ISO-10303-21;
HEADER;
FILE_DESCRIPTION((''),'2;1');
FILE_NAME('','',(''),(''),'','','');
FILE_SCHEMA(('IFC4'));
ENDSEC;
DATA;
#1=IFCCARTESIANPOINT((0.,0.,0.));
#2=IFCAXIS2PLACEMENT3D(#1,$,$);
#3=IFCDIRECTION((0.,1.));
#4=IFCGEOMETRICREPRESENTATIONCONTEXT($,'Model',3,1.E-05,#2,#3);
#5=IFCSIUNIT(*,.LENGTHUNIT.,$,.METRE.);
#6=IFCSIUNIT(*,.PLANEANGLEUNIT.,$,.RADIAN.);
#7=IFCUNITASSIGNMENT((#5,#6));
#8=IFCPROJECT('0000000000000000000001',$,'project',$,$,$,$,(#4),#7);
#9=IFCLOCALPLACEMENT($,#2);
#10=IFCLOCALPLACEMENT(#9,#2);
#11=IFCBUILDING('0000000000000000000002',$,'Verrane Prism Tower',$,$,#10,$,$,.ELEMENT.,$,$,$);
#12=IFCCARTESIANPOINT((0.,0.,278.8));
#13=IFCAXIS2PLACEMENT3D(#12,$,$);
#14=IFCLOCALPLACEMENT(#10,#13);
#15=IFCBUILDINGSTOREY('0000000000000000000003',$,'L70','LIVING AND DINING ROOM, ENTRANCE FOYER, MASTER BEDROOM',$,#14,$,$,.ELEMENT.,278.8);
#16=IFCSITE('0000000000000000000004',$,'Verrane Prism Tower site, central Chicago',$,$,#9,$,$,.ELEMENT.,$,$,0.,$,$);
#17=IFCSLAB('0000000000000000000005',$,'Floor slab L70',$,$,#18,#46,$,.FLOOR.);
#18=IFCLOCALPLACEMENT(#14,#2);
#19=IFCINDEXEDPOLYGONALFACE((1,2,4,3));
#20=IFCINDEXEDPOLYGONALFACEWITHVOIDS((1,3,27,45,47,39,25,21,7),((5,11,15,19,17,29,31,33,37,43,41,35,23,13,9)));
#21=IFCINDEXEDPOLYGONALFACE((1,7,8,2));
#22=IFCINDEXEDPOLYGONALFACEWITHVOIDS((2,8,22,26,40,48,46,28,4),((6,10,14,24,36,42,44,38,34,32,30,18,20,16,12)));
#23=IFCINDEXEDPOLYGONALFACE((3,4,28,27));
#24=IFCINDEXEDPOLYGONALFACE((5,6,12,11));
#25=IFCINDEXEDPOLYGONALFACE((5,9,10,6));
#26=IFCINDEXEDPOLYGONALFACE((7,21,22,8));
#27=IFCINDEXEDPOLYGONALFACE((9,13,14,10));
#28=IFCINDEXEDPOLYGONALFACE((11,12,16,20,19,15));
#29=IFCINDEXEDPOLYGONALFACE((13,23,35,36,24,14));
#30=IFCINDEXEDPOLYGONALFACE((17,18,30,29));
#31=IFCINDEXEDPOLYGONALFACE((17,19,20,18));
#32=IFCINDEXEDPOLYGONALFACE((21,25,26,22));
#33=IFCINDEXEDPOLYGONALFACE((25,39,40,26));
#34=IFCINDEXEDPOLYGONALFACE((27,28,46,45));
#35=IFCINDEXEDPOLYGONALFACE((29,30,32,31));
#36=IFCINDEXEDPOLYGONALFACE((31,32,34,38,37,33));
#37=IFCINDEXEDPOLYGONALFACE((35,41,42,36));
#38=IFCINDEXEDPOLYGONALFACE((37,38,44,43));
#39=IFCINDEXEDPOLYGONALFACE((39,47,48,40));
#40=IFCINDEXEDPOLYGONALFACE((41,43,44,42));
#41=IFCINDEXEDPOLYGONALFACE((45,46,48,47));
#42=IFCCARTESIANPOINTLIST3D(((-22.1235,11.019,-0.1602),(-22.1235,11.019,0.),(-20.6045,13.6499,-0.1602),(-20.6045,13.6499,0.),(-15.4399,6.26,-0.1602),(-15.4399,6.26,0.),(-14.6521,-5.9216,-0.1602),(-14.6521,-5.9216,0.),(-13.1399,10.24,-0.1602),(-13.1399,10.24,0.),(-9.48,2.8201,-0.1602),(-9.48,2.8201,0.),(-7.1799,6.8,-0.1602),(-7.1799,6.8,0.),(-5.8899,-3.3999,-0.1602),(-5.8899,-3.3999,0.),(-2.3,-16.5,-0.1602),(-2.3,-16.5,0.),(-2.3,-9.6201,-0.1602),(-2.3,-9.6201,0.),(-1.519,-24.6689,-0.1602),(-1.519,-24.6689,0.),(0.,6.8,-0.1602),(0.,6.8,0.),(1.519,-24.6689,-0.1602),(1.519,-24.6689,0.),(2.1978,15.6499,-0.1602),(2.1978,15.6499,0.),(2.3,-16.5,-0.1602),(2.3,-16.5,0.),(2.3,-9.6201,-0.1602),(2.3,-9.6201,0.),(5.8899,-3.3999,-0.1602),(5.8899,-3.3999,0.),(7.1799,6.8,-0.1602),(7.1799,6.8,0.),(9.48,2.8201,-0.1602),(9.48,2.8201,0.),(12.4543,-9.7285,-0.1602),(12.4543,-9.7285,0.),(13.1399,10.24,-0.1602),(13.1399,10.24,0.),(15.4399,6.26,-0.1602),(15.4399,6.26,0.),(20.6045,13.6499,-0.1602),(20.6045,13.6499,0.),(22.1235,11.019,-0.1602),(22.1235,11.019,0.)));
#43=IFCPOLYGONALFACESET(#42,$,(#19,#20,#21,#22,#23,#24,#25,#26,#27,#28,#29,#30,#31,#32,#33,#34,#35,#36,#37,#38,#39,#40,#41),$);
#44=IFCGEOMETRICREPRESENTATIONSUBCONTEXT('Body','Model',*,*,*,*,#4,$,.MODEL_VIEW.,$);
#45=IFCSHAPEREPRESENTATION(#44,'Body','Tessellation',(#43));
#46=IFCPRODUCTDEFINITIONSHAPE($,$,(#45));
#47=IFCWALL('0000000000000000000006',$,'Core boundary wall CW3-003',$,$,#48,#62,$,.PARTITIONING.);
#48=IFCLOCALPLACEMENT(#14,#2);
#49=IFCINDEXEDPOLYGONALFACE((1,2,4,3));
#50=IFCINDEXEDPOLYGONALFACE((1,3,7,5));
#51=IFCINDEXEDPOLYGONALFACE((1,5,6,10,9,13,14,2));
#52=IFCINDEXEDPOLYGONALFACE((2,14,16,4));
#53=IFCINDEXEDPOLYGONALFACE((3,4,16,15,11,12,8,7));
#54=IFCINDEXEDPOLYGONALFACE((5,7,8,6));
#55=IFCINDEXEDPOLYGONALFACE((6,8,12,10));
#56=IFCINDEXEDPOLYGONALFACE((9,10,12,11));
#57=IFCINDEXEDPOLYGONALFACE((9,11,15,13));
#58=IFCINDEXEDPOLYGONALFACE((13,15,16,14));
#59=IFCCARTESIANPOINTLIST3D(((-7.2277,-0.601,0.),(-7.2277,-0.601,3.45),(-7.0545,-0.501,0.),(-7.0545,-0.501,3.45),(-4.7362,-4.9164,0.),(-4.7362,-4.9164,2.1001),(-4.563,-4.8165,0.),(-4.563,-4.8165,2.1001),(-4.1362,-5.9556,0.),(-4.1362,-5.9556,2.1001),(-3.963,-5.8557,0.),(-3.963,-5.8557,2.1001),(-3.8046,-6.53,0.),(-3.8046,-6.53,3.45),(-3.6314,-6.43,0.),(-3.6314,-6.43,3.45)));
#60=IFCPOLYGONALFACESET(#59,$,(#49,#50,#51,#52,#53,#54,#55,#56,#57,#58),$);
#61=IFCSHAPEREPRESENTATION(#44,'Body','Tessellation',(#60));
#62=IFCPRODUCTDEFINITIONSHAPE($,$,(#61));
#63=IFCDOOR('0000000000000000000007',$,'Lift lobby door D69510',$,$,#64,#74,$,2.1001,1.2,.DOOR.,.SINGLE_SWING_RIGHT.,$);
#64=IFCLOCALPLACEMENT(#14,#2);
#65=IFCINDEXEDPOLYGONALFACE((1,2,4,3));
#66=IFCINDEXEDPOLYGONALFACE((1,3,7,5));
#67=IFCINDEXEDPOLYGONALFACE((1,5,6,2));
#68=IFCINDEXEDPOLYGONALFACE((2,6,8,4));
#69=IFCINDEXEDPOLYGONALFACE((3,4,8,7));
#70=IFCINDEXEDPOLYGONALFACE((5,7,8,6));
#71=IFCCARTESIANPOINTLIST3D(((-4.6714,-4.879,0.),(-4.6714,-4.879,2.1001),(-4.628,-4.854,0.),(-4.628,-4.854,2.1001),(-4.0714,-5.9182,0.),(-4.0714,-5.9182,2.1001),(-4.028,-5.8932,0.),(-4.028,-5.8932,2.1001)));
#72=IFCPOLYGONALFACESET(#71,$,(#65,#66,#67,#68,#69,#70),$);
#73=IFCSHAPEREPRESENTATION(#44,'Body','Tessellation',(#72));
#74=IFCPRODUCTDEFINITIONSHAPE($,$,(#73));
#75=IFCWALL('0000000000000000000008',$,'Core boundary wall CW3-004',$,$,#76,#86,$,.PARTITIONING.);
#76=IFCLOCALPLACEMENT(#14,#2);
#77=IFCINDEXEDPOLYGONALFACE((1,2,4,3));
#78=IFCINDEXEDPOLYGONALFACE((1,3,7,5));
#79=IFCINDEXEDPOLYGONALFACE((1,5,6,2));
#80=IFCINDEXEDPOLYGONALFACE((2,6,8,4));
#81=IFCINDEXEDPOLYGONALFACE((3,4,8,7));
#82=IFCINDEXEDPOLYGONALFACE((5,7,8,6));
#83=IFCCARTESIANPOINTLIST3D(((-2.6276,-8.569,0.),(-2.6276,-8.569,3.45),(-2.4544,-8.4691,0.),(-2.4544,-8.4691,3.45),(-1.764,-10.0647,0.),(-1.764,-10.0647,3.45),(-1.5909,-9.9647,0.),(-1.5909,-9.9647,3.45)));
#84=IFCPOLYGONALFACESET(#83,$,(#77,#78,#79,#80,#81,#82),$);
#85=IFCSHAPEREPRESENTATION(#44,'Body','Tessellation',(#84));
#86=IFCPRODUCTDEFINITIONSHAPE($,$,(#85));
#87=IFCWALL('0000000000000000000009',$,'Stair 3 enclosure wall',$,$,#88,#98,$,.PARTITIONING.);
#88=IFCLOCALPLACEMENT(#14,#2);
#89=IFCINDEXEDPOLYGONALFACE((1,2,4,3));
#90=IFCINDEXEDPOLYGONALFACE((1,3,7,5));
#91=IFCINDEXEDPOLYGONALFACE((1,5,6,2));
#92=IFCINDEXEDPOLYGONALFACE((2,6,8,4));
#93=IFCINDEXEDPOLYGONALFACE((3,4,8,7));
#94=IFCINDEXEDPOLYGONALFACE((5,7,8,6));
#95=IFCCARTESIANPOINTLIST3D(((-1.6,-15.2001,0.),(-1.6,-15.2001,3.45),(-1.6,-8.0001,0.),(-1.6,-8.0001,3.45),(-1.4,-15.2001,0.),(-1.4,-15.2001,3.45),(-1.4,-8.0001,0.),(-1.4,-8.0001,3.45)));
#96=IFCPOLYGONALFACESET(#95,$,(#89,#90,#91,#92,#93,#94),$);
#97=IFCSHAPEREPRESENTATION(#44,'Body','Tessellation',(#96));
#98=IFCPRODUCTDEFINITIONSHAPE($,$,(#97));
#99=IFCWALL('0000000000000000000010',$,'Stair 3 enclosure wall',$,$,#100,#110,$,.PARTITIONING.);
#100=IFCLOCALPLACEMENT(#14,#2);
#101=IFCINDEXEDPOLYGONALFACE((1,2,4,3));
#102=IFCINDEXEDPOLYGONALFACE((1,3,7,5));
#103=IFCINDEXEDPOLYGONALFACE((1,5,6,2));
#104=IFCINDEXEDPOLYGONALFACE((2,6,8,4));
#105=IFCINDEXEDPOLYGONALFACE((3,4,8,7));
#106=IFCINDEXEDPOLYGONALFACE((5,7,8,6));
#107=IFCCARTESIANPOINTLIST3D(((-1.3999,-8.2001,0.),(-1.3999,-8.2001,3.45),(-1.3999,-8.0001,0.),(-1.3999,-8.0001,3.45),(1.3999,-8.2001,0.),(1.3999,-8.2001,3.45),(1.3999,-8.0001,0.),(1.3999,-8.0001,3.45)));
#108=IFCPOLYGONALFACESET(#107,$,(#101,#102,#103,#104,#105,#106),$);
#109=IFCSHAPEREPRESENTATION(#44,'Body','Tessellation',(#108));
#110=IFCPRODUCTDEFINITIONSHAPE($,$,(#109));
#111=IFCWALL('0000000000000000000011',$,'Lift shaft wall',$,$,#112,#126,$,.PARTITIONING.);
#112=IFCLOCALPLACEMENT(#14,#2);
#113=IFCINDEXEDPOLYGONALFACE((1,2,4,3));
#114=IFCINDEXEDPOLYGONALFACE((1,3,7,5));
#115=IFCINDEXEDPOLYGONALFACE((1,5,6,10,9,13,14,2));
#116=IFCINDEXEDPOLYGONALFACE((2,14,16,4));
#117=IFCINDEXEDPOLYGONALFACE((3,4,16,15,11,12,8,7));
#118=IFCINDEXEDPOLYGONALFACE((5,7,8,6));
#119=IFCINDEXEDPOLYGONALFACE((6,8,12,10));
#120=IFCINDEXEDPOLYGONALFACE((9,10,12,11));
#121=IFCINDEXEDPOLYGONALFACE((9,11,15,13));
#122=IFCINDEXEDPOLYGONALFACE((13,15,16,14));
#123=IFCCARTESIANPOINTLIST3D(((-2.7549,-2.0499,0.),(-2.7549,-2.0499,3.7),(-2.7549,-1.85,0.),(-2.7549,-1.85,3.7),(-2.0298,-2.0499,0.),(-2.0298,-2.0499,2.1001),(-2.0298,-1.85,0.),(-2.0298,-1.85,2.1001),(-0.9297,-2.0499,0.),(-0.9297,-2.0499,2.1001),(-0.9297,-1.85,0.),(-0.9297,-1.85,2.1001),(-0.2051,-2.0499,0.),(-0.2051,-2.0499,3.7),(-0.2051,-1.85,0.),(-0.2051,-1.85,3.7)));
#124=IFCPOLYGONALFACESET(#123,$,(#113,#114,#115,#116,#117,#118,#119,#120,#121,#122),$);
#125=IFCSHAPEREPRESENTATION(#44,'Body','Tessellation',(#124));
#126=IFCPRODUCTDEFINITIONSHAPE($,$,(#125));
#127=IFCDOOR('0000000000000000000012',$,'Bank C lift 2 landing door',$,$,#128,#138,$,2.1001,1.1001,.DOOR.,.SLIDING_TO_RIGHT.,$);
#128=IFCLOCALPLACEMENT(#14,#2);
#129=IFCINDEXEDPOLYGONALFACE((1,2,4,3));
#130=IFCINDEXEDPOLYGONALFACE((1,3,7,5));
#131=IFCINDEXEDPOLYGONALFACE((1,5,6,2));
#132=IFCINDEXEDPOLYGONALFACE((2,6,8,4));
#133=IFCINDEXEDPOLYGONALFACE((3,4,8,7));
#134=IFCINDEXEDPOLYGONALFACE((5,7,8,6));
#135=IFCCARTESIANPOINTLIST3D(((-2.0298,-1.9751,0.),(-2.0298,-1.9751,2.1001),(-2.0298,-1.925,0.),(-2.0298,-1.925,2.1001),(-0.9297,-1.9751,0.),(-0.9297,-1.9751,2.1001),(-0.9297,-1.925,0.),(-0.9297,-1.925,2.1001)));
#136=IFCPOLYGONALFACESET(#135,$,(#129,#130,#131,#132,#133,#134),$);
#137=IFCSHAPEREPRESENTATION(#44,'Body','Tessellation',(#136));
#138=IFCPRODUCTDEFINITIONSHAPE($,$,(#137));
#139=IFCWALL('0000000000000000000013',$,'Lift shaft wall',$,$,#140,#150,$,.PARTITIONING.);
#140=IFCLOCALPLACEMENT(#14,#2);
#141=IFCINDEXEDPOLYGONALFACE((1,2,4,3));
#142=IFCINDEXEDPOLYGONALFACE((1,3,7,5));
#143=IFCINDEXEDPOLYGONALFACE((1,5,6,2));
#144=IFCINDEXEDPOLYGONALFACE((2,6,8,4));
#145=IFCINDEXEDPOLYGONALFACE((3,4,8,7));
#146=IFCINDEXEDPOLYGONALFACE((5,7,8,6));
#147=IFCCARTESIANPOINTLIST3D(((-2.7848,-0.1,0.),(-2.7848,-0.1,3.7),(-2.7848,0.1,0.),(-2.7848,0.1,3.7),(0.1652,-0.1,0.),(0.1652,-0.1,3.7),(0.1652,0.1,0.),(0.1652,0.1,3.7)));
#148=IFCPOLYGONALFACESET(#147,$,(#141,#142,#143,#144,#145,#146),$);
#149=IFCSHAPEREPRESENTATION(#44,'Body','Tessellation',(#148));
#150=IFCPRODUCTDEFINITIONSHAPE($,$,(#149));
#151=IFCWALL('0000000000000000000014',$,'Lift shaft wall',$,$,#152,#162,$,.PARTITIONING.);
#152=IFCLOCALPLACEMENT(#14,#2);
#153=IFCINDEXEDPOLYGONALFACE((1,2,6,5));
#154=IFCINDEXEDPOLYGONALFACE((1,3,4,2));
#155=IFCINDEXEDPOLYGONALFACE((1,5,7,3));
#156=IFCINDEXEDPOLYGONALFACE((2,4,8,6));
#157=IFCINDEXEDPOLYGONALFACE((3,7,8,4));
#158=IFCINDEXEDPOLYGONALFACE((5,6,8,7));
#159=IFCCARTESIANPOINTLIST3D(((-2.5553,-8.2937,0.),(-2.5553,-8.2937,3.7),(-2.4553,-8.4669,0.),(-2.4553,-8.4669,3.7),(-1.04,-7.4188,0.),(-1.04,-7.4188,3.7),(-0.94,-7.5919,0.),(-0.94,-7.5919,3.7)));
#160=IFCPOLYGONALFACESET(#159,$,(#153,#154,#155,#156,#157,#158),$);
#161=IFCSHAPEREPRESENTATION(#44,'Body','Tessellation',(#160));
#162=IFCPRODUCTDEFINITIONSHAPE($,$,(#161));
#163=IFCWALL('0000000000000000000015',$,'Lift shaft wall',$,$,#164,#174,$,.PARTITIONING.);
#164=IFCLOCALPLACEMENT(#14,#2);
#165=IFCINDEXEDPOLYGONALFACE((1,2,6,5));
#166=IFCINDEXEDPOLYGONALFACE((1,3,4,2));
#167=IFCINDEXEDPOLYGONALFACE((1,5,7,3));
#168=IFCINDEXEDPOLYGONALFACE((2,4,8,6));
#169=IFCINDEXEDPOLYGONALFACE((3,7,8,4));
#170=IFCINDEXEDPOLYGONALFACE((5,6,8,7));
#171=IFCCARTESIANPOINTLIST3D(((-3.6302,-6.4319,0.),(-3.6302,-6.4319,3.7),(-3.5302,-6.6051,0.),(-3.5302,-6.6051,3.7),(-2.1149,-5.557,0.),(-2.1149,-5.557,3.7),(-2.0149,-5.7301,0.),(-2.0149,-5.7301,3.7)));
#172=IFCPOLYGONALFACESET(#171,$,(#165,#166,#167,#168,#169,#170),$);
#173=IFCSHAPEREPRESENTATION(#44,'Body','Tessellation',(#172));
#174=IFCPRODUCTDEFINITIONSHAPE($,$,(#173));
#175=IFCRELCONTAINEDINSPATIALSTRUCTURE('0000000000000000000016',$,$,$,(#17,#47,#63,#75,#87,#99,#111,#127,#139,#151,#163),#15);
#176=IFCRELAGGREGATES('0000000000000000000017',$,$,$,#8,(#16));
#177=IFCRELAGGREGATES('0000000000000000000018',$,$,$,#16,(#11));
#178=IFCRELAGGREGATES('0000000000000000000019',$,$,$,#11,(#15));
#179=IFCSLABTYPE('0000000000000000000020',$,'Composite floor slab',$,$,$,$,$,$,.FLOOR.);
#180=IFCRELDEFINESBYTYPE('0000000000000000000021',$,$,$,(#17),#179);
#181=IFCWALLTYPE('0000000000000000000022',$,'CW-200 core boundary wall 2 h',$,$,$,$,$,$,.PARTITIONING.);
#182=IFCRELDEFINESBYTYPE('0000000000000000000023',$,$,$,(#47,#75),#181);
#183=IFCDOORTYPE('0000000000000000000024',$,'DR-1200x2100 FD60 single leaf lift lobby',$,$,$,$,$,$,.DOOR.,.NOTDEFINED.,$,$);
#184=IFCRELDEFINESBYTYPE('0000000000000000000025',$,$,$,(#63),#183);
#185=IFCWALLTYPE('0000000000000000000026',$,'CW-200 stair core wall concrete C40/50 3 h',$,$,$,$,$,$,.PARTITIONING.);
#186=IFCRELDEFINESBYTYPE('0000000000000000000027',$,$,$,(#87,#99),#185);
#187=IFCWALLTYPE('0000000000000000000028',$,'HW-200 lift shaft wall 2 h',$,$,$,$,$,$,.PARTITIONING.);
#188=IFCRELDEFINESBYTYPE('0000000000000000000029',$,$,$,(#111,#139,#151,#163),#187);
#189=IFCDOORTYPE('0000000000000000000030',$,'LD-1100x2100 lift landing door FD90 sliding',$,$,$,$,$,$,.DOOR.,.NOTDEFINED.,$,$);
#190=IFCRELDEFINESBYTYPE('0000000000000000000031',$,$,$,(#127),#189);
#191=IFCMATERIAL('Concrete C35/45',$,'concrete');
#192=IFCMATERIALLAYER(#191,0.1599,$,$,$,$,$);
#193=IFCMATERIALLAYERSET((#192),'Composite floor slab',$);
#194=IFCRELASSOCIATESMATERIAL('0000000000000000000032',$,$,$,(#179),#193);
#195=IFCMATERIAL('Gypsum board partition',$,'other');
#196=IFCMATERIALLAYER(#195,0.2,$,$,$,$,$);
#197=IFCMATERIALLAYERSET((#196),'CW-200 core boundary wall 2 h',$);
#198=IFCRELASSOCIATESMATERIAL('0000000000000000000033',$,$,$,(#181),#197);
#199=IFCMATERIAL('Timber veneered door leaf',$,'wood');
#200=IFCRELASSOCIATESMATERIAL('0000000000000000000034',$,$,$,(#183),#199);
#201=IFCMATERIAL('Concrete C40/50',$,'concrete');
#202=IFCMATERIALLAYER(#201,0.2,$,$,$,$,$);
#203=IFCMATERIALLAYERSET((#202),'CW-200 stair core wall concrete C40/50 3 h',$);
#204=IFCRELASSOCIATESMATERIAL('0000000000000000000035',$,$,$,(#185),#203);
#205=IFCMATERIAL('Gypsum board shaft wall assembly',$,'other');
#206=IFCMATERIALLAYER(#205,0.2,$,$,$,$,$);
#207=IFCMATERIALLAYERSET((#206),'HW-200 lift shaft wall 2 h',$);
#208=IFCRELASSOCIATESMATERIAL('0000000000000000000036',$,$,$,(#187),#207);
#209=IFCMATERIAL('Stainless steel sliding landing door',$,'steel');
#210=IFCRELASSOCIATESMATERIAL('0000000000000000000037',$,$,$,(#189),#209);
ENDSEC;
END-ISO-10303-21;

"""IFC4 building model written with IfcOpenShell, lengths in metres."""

from ifc_helpers import new_model, si_unit, direction, frame, frame_2d, origin, place, context, subcontext, project, spatial, polyline, rectangle, outline, extrude, material, layer, layer_set, type_object, element, fill, save


model = new_model("IFC4")

# Units and contexts
model_context = context("Model", 3, precision=1e-05, world=origin(), true_north=direction((0.0, 1.0)))
body_context = subcontext(model_context, "Body", "Model", "MODEL_VIEW")
ifc_project = project(units=[si_unit("LENGTHUNIT", "METRE"), si_unit("PLANEANGLEUNIT", "RADIAN")], contexts=[model_context])

# Site, building, storey
site_placement = place(None, origin())
site = spatial("IfcSite", under=ifc_project, at=site_placement, Name="Verrane Prism Tower site, central Chicago", CompositionType="ELEMENT", RefElevation=0.0)
building_placement = place(site_placement, origin())
building = spatial("IfcBuilding", under=site, at=building_placement, Name="Verrane Prism Tower", CompositionType="ELEMENT")
storey_placement = place(building_placement, frame((0.0, 0.0, 278.8)))
storey = spatial("IfcBuildingStorey", under=building, at=storey_placement, Name="L70", Description="LIVING AND DINING ROOM, ENTRANCE FOYER, MASTER BEDROOM", CompositionType="ELEMENT", Elevation=278.8)

# Slab
ifc_material_1 = material(Name="Concrete C35/45", Category="concrete")
ifc_layer_1 = layer(ifc_material_1, 0.1599)
ifc_layer_set_1 = layer_set([ifc_layer_1], Name="Composite floor slab")
slab_type = type_object("IfcSlabType", Name="Composite floor slab", PredefinedType="FLOOR", material=ifc_layer_set_1)
slab_placement = place(storey_placement, frame((0.0, 0.0, -0.1602)))
element("IfcSlab", 1, at=slab_placement, inside=storey, type_object=slab_type, Name="Floor slab L70", PredefinedType="FLOOR", context=body_context, shape_type="SweptSolid", body=[
    extrude(outline(polyline([(12.4543, -9.7285), (1.519, -24.6689), (-1.519, -24.6689), (-14.6521, -5.9216), (-22.1235, 11.019), (-20.6045, 13.6499), (2.1978, 15.6499), (20.6045, 13.6499), (22.1235, 11.019), (12.4543, -9.7285)]), holes=[polyline([(15.4399, 6.26), (13.1399, 10.24), (7.1799, 6.8), (0.0, 6.8), (-7.1799, 6.8), (-13.1399, 10.24), (-15.4399, 6.26), (-9.48, 2.8201), (-5.8899, -3.3999), (-2.3, -9.6201), (-2.3, -16.5), (2.3, -16.5), (2.3, -9.6201), (5.8899, -3.3999), (9.48, 2.8201), (15.4399, 6.26)])]), origin(), (0.0, 0.0, 1.0), 0.1602),
])

# Wall, opening, door
ifc_material_2 = material(Name="Gypsum board partition", Category="other")
ifc_layer_2 = layer(ifc_material_2, 0.2)
ifc_layer_set_2 = layer_set([ifc_layer_2], Name="CW-200 core boundary wall 2 h")
wall_type_1 = type_object("IfcWallType", Name="CW-200 core boundary wall 2 h", PredefinedType="PARTITIONING", material=ifc_layer_set_2)
wall_1_placement = place(storey_placement, frame((-7.1411, -0.551, 0.0), z_axis=(0.0, 0.0, 1.0), x_axis=(0.500001, -0.866025, 0.0)))
wall_1 = element("IfcWall", 2, at=wall_1_placement, inside=storey, type_object=wall_type_1, Name="Core boundary wall CW3-003", PredefinedType="PARTITIONING", context=body_context, shape_type="SweptSolid", body=[
    extrude(rectangle(XDim=6.8462, YDim=0.2, at=frame_2d((3.4231, 0.0))), origin(), (0.0, 0.0, 1.0), 3.45),
])
opening_1_placement = place(wall_1_placement, frame((4.9829, 0.0, 0.0)))
opening_1 = element("IfcOpeningElement", 3, at=opening_1_placement, cuts=wall_1, PredefinedType="OPENING", context=body_context, shape_type="SweptSolid", body=[
    extrude(rectangle(XDim=1.2, YDim=2.1001, at=frame_2d((0.6001, 1.05))), frame((0.0, 0.1099, 0.0), z_axis=(0.0, -1.0, 0.0), x_axis=(1.0, 0.0, 0.0)), (0.0, 0.0, 1.0), 0.22),
])
ifc_material_3 = material(Name="Timber veneered door leaf", Category="wood")
door_type_1 = type_object("IfcDoorType", Name="DR-1200x2100 FD60 single leaf lift lobby", OperationType="NOTDEFINED", PredefinedType="DOOR", material=ifc_material_3)
door_1_placement = place(opening_1_placement, origin())
door_1 = element("IfcDoor", 4, at=door_1_placement, inside=storey, type_object=door_type_1, Name="Lift lobby door D69510", OperationType="SINGLE_SWING_RIGHT", OverallHeight=2.1001, OverallWidth=1.2, PredefinedType="DOOR", context=body_context, shape_type="SweptSolid", body=[
    extrude(rectangle(XDim=1.2, YDim=2.1001, at=frame_2d((0.6001, 1.05))), frame((0.0, 0.0249, 0.0), z_axis=(0.0, -1.0, 0.0), x_axis=(1.0, 0.0, 0.0)), (0.0, 0.0, 1.0), 0.05),
])
fill(opening_1, door_1)

# Walls
wall_2_placement = place(storey_placement, frame((-2.541, -8.519, 0.0), z_axis=(0.0, 0.0, 1.0), x_axis=(0.500016, -0.866016, 0.0)))
element("IfcWall", 5, at=wall_2_placement, inside=storey, type_object=wall_type_1, Name="Core boundary wall CW3-004", PredefinedType="PARTITIONING", context=body_context, shape_type="SweptSolid", body=[
    extrude(rectangle(XDim=1.7271, YDim=0.2, at=frame_2d((0.8635, 0.0))), origin(), (0.0, 0.0, 1.0), 3.45),
])
ifc_material_4 = material(Name="Concrete C40/50", Category="concrete")
ifc_layer_3 = layer(ifc_material_4, 0.2)
ifc_layer_set_3 = layer_set([ifc_layer_3], Name="CW-200 stair core wall concrete C40/50 3 h")
wall_type_2 = type_object("IfcWallType", Name="CW-200 stair core wall concrete C40/50 3 h", PredefinedType="PARTITIONING", material=ifc_layer_set_3)
wall_3_placement = place(storey_placement, frame((-1.5, -8.0, 0.0), z_axis=(0.0, 0.0, 1.0), x_axis=(0.0, -1.0, 0.0)))
element("IfcWall", 6, at=wall_3_placement, inside=storey, type_object=wall_type_2, Name="Stair 3 enclosure wall", PredefinedType="PARTITIONING", context=body_context, shape_type="SweptSolid", body=[
    extrude(rectangle(XDim=7.2, YDim=0.2, at=frame_2d((3.6001, 0.0))), origin(), (0.0, 0.0, 1.0), 3.45),
])
wall_4_placement = place(storey_placement, frame((-1.3999, -8.1001, 0.0), z_axis=(0.0, 0.0, 1.0), x_axis=(1.0, 0.0, 0.0)))
element("IfcWall", 7, at=wall_4_placement, inside=storey, type_object=wall_type_2, Name="Stair 3 enclosure wall", PredefinedType="PARTITIONING", context=body_context, shape_type="SweptSolid", body=[
    extrude(rectangle(XDim=2.7998, YDim=0.2, at=frame_2d((1.3999, 0.0))), origin(), (0.0, 0.0, 1.0), 3.45),
])

# Wall, opening, door
ifc_material_5 = material(Name="Gypsum board shaft wall assembly", Category="other")
ifc_layer_4 = layer(ifc_material_5, 0.2)
ifc_layer_set_4 = layer_set([ifc_layer_4], Name="HW-200 lift shaft wall 2 h")
wall_type_3 = type_object("IfcWallType", Name="HW-200 lift shaft wall 2 h", PredefinedType="PARTITIONING", material=ifc_layer_set_4)
wall_5_placement = place(storey_placement, frame((-2.7549, -1.95, 0.0), z_axis=(0.0, 0.0, 1.0), x_axis=(1.0, 0.0, 0.0)))
wall_5 = element("IfcWall", 8, at=wall_5_placement, inside=storey, type_object=wall_type_3, Name="Lift shaft wall", PredefinedType="PARTITIONING", context=body_context, shape_type="SweptSolid", body=[
    extrude(rectangle(XDim=2.5498, YDim=0.2, at=frame_2d((1.2749, 0.0))), origin(), (0.0, 0.0, 1.0), 3.7),
])
opening_2_placement = place(wall_5_placement, frame((0.7251, 0.0, 0.0)))
opening_2 = element("IfcOpeningElement", 9, at=opening_2_placement, cuts=wall_5, PredefinedType="OPENING", context=body_context, shape_type="SweptSolid", body=[
    extrude(rectangle(XDim=1.1001, YDim=2.1001, at=frame_2d((0.55, 1.05))), frame((0.0, 0.1099, 0.0), z_axis=(0.0, -1.0, 0.0), x_axis=(1.0, 0.0, 0.0)), (0.0, 0.0, 1.0), 0.22),
])
ifc_material_6 = material(Name="Stainless steel sliding landing door", Category="steel")
door_type_2 = type_object("IfcDoorType", Name="LD-1100x2100 lift landing door FD90 sliding", OperationType="NOTDEFINED", PredefinedType="DOOR", material=ifc_material_6)
door_2_placement = place(opening_2_placement, origin())
door_2 = element("IfcDoor", 10, at=door_2_placement, inside=storey, type_object=door_type_2, Name="Bank C lift 2 landing door", OperationType="SLIDING_TO_RIGHT", OverallHeight=2.1001, OverallWidth=1.1001, PredefinedType="DOOR", context=body_context, shape_type="SweptSolid", body=[
    extrude(rectangle(XDim=1.1001, YDim=2.1001, at=frame_2d((0.55, 1.05))), frame((0.0, 0.0249, 0.0), z_axis=(0.0, -1.0, 0.0), x_axis=(1.0, 0.0, 0.0)), (0.0, 0.0, 1.0), 0.05),
])
fill(opening_2, door_2)

# Walls
wall_6_placement = place(storey_placement, frame((-2.7849, 0.0, 0.0), z_axis=(0.0, 0.0, 1.0), x_axis=(1.0, 0.0, 0.0)))
element("IfcWall", 11, at=wall_6_placement, inside=storey, type_object=wall_type_3, Name="Lift shaft wall", PredefinedType="PARTITIONING", context=body_context, shape_type="SweptSolid", body=[
    extrude(rectangle(XDim=2.95, YDim=0.2, at=frame_2d((1.4751, 0.0))), origin(), (0.0, 0.0, 1.0), 3.7),
])
for number, where, z_axis, x_axis, name in (
    (12, (-2.5054, -8.3804, 0.0), (0.0, 0.0, 1.0), (0.866002, 0.50004, 0.0), "Lift shaft wall"),
    (13, (-3.5803, -6.5186, 0.0), (0.0, 0.0, 1.0), (0.866002, 0.50004, 0.0), "Lift shaft wall"),
):
    element("IfcWall", number, at=place(storey_placement, frame(where, z_axis=z_axis, x_axis=x_axis)), inside=storey, type_object=wall_type_3, Name=name, PredefinedType="PARTITIONING", context=body_context, shape_type="SweptSolid", body=[
        extrude(rectangle(XDim=1.7498, YDim=0.2, at=frame_2d((0.875, 0.0))), origin(), (0.0, 0.0, 1.0), 3.7),
    ])

save(model, "model.ifc")
